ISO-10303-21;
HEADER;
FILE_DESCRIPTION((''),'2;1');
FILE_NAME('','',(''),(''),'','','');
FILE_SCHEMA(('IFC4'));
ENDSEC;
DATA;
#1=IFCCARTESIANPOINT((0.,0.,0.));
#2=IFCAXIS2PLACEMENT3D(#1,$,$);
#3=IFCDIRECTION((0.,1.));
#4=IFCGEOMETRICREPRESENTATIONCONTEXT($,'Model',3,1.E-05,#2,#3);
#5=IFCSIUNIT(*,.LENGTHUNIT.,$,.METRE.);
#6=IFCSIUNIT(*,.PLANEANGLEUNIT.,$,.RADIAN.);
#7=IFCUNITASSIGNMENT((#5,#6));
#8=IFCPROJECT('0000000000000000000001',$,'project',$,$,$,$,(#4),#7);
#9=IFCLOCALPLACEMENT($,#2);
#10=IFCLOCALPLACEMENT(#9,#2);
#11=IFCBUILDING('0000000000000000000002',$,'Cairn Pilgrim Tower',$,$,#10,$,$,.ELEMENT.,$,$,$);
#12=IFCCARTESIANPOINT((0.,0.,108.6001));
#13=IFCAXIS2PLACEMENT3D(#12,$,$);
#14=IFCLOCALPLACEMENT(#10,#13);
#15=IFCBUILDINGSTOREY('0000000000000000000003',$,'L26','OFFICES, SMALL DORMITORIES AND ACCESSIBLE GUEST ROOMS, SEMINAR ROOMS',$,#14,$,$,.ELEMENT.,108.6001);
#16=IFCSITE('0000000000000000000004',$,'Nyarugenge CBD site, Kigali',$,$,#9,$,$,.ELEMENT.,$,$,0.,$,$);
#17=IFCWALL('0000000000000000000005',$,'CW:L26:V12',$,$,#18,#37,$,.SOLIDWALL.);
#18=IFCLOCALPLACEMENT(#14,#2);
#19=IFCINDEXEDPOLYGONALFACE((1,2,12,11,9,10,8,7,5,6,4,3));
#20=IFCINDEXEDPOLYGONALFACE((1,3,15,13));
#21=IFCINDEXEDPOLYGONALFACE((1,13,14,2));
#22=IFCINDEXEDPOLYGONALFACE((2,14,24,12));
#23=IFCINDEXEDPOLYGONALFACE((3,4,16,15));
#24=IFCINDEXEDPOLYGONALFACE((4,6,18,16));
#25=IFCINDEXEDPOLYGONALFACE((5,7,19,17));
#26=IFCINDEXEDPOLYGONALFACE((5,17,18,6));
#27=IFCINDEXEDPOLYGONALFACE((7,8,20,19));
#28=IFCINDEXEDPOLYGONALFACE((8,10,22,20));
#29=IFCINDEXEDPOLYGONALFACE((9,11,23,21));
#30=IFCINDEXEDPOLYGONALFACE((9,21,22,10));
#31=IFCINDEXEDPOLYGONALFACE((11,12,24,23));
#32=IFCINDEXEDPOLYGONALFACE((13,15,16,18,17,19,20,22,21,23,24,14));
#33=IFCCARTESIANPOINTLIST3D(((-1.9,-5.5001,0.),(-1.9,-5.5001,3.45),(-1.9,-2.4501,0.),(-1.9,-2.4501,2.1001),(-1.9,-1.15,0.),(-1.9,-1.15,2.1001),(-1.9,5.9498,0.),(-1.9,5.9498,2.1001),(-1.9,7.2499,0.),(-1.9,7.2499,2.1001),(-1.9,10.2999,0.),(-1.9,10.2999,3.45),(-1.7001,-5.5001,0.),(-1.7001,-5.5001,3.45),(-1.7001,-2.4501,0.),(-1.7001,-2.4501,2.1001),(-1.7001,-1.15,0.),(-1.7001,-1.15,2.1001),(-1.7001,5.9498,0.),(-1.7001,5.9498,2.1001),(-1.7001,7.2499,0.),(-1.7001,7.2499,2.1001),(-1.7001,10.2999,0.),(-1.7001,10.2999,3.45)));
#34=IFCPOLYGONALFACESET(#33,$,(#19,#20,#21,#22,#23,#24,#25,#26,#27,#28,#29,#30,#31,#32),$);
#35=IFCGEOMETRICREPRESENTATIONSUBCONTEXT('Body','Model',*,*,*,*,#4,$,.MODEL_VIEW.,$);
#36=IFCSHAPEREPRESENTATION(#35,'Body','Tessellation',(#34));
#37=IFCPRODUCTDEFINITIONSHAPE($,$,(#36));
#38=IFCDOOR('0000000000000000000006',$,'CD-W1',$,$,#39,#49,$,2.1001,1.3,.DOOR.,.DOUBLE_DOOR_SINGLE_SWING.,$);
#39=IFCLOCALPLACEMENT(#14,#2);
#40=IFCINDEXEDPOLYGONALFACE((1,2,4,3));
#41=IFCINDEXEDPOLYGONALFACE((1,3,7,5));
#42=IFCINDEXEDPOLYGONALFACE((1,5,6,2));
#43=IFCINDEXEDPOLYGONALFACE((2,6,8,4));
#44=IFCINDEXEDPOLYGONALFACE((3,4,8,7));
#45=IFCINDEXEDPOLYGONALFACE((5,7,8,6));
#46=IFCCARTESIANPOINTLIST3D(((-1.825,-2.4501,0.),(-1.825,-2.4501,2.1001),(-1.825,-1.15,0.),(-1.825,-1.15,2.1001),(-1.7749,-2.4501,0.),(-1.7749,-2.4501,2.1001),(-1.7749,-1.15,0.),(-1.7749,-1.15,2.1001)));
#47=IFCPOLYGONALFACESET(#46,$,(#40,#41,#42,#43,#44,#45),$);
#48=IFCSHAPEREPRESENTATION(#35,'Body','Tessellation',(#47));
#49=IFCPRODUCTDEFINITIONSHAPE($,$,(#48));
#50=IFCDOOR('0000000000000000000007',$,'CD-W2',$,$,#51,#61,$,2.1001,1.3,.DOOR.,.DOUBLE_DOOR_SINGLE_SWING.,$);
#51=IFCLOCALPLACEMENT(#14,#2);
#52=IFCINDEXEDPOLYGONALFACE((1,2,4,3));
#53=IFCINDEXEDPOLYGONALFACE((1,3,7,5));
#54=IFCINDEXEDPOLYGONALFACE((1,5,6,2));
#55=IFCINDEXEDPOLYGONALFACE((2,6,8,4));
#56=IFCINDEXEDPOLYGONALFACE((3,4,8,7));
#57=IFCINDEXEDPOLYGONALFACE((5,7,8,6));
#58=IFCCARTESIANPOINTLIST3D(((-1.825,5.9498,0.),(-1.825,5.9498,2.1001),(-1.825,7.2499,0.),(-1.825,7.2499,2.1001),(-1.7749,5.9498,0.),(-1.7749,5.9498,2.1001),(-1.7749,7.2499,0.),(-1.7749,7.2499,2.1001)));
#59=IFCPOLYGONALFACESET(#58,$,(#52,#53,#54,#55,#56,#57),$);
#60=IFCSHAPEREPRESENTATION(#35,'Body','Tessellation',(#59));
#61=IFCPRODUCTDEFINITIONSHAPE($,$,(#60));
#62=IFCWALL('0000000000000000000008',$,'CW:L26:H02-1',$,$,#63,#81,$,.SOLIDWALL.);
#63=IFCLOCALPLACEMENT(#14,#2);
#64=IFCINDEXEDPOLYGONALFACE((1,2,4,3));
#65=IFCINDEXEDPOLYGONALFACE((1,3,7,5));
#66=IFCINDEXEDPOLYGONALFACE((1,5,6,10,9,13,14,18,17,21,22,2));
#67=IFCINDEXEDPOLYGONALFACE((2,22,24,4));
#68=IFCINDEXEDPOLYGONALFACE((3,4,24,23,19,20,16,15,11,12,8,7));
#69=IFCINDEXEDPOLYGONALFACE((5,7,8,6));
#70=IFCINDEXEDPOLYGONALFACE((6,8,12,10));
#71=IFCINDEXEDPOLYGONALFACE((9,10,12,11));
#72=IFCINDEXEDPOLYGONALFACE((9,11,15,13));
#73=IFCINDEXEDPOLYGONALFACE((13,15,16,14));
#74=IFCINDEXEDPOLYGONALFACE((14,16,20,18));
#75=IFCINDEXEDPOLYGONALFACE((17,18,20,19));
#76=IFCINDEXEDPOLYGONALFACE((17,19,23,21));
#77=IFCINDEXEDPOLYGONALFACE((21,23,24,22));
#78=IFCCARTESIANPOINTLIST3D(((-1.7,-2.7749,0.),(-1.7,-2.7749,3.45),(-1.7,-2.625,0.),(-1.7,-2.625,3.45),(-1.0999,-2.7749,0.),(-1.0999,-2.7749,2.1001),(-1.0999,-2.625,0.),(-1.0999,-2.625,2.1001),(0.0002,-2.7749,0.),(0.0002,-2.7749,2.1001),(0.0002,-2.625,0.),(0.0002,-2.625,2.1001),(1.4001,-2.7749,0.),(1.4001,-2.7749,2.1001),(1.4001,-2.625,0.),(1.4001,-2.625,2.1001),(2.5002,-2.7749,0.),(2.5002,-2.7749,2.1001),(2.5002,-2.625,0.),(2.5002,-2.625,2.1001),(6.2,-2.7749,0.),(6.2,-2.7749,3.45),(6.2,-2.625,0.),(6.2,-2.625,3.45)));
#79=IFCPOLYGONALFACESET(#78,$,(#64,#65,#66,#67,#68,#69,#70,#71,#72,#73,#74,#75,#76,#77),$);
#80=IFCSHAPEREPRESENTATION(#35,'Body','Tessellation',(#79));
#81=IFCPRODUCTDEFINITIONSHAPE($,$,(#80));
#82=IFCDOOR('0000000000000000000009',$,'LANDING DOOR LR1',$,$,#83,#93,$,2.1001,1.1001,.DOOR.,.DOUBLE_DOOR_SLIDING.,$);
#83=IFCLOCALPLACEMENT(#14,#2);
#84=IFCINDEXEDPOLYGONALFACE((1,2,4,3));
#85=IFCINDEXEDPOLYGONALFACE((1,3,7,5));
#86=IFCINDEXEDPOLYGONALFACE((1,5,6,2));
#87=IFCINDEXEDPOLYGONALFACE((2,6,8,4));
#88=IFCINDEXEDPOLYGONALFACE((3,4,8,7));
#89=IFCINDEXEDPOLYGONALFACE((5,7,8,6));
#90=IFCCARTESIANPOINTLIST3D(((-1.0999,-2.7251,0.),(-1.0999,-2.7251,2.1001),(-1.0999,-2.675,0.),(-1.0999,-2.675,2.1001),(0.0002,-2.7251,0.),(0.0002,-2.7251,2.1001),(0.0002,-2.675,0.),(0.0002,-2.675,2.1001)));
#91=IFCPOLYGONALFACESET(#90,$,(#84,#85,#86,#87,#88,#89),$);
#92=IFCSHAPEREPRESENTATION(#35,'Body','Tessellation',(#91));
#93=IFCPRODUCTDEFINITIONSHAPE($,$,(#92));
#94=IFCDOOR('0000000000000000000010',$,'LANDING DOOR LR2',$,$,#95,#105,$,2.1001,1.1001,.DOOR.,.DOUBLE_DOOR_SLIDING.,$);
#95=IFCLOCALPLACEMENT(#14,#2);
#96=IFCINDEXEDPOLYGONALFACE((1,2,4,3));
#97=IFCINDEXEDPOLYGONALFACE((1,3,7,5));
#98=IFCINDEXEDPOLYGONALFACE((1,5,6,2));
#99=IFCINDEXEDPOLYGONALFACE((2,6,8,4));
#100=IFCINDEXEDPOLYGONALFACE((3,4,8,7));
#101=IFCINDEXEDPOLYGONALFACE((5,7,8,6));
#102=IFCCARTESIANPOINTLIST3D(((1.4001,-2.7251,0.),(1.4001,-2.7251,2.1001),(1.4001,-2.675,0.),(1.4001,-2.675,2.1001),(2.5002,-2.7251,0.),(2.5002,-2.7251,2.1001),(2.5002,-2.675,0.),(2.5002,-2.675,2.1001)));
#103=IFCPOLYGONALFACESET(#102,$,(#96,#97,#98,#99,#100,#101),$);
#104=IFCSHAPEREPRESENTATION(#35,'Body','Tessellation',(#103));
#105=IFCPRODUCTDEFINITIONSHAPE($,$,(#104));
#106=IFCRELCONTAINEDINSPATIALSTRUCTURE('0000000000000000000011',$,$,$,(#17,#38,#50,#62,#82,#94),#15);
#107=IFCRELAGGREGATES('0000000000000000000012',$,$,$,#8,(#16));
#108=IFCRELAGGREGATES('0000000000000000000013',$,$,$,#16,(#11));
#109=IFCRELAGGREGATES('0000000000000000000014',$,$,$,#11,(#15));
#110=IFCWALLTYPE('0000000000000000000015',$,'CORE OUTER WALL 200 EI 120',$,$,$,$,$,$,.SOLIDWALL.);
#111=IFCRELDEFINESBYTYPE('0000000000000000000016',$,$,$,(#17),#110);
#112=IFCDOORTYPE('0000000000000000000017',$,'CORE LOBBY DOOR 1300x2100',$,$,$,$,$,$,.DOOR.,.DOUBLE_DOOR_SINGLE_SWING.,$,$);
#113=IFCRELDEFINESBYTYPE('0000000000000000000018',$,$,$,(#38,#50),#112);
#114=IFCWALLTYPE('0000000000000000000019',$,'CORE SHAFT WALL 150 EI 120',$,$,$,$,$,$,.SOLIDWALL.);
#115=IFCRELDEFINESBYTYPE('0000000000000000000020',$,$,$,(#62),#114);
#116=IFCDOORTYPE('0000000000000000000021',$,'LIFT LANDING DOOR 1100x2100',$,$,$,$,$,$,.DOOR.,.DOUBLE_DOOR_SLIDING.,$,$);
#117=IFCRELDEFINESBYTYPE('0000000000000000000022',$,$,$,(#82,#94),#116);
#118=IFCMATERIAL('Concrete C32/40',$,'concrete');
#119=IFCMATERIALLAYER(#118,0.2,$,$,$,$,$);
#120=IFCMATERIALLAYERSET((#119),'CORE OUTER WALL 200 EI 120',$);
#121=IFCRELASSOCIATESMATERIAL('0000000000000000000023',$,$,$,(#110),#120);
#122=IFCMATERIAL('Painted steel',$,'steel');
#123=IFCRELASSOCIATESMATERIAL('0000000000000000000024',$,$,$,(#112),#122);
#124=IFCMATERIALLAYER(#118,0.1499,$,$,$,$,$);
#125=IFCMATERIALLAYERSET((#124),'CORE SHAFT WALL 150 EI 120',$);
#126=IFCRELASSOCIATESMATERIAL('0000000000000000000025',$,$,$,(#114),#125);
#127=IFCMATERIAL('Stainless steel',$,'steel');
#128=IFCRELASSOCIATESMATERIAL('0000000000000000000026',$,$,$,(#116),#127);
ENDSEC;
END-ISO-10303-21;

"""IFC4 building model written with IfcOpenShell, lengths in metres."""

from ifc_helpers import new_model, si_unit, direction, frame, frame_2d, origin, place, context, subcontext, project, spatial, rectangle, extrude, material, layer, layer_set, type_object, element, fill, save


model = new_model("IFC4")

# Units and contexts
model_context = context("Model", 3, precision=1e-05, world=origin(), true_north=direction((0.0, 1.0)))
body_context = subcontext(model_context, "Body", "Model", "MODEL_VIEW")
ifc_project = project(units=[si_unit("LENGTHUNIT", "METRE"), si_unit("PLANEANGLEUNIT", "RADIAN")], contexts=[model_context])

# Site, building, storey
site_placement = place(None, origin())
site = spatial("IfcSite", under=ifc_project, at=site_placement, Name="Nyarugenge CBD site, Kigali", CompositionType="ELEMENT", RefElevation=0.0)
building_placement = place(site_placement, origin())
building = spatial("IfcBuilding", under=site, at=building_placement, Name="Cairn Pilgrim Tower", CompositionType="ELEMENT")
storey_placement = place(building_placement, frame((0.0, 0.0, 108.6001)))
storey = spatial("IfcBuildingStorey", under=building, at=storey_placement, Name="L26", Description="OFFICES, SMALL DORMITORIES AND ACCESSIBLE GUEST ROOMS, SEMINAR ROOMS", CompositionType="ELEMENT", Elevation=108.6001)

# Shared definitions
ifc_material_1 = material(Name="Concrete C32/40", Category="concrete")

# Shared definitions
ifc_layer_1 = layer(ifc_material_1, 0.2)
ifc_layer_set_1 = layer_set([ifc_layer_1], Name="CORE OUTER WALL 200 EI 120")
wall_type_1 = type_object("IfcWallType", Name="CORE OUTER WALL 200 EI 120", PredefinedType="SOLIDWALL", material=ifc_layer_set_1)

# Walls, openings, doors
wall_1_placement = place(storey_placement, frame((-1.8, -5.5, 0.0), z_axis=(0.0, 0.0, 1.0), x_axis=(0.0, 1.0, 0.0)))
wall_1 = element("IfcWall", 1, at=wall_1_placement, inside=storey, type_object=wall_type_1, Name="CW:L26:V12", PredefinedType="SOLIDWALL", context=body_context, shape_type="SweptSolid", body=[
    extrude(rectangle(XDim=15.8, YDim=0.2, at=frame_2d((7.8999, 0.0))), origin(), (0.0, 0.0, 1.0), 3.45),
])
opening_1_placement = place(wall_1_placement, frame((3.05, 0.0, 0.0)))
opening_1 = element("IfcOpeningElement", 2, at=opening_1_placement, cuts=wall_1, PredefinedType="OPENING", context=body_context, shape_type="SweptSolid", body=[
    extrude(rectangle(XDim=1.3, YDim=2.1001, at=frame_2d((0.6499, 1.05))), frame((0.0, 0.1099, 0.0), z_axis=(0.0, -1.0, 0.0), x_axis=(1.0, 0.0, 0.0)), (0.0, 0.0, 1.0), 0.22),
])
opening_2_placement = place(wall_1_placement, frame((11.45, 0.0, 0.0)))
opening_2 = element("IfcOpeningElement", 3, at=opening_2_placement, cuts=wall_1, PredefinedType="OPENING", context=body_context, shape_type="SweptSolid", body=[
    extrude(rectangle(XDim=1.3, YDim=2.1001, at=frame_2d((0.6499, 1.05))), frame((0.0, 0.1099, 0.0), z_axis=(0.0, -1.0, 0.0), x_axis=(1.0, 0.0, 0.0)), (0.0, 0.0, 1.0), 0.22),
])
ifc_material_2 = material(Name="Painted steel", Category="steel")
door_type_1 = type_object("IfcDoorType", Name="CORE LOBBY DOOR 1300x2100", OperationType="DOUBLE_DOOR_SINGLE_SWING", PredefinedType="DOOR", material=ifc_material_2)
door_1_placement = place(opening_1_placement, origin())
door_1 = element("IfcDoor", 4, at=door_1_placement, inside=storey, type_object=door_type_1, Name="CD-W1", OperationType="DOUBLE_DOOR_SINGLE_SWING", OverallHeight=2.1001, OverallWidth=1.3, PredefinedType="DOOR", context=body_context, shape_type="SweptSolid", body=[
    extrude(rectangle(XDim=1.3, YDim=2.1001, at=frame_2d((0.6499, 1.05))), frame((0.0, 0.0249, 0.0), z_axis=(0.0, -1.0, 0.0), x_axis=(1.0, 0.0, 0.0)), (0.0, 0.0, 1.0), 0.05),
])
fill(opening_1, door_1)
door_2_placement = place(opening_2_placement, origin())
door_2 = element("IfcDoor", 5, at=door_2_placement, inside=storey, type_object=door_type_1, Name="CD-W2", OperationType="DOUBLE_DOOR_SINGLE_SWING", OverallHeight=2.1001, OverallWidth=1.3, PredefinedType="DOOR", context=body_context, shape_type="SweptSolid", body=[
    extrude(rectangle(XDim=1.3, YDim=2.1001, at=frame_2d((0.6499, 1.05))), frame((0.0, 0.0249, 0.0), z_axis=(0.0, -1.0, 0.0), x_axis=(1.0, 0.0, 0.0)), (0.0, 0.0, 1.0), 0.05),
])
fill(opening_2, door_2)
ifc_layer_2 = layer(ifc_material_1, 0.1499)
ifc_layer_set_2 = layer_set([ifc_layer_2], Name="CORE SHAFT WALL 150 EI 120")
wall_type_2 = type_object("IfcWallType", Name="CORE SHAFT WALL 150 EI 120", PredefinedType="SOLIDWALL", material=ifc_layer_set_2)
wall_2_placement = place(storey_placement, frame((-1.7, -2.7, 0.0), z_axis=(0.0, 0.0, 1.0), x_axis=(1.0, 0.0, 0.0)))
wall_2 = element("IfcWall", 6, at=wall_2_placement, inside=storey, type_object=wall_type_2, Name="CW:L26:H02-1", PredefinedType="SOLIDWALL", context=body_context, shape_type="SweptSolid", body=[
    extrude(rectangle(XDim=7.8999, YDim=0.1499, at=frame_2d((3.95, 0.0))), origin(), (0.0, 0.0, 1.0), 3.45),
])
opening_3_placement = place(wall_2_placement, frame((0.6001, 0.0, 0.0)))
opening_3 = element("IfcOpeningElement", 7, at=opening_3_placement, cuts=wall_2, PredefinedType="OPENING", context=body_context, shape_type="SweptSolid", body=[
    extrude(rectangle(XDim=1.1001, YDim=2.1001, at=frame_2d((0.55, 1.05))), frame((0.0, 0.085, 0.0), z_axis=(0.0, -1.0, 0.0), x_axis=(1.0, 0.0, 0.0)), (0.0, 0.0, 1.0), 0.1699),
])
opening_4_placement = place(wall_2_placement, frame((3.1001, 0.0, 0.0)))
opening_4 = element("IfcOpeningElement", 8, at=opening_4_placement, cuts=wall_2, PredefinedType="OPENING", context=body_context, shape_type="SweptSolid", body=[
    extrude(rectangle(XDim=1.1001, YDim=2.1001, at=frame_2d((0.55, 1.05))), frame((0.0, 0.085, 0.0), z_axis=(0.0, -1.0, 0.0), x_axis=(1.0, 0.0, 0.0)), (0.0, 0.0, 1.0), 0.1699),
])
ifc_material_3 = material(Name="Stainless steel", Category="steel")
door_type_2 = type_object("IfcDoorType", Name="LIFT LANDING DOOR 1100x2100", OperationType="DOUBLE_DOOR_SLIDING", PredefinedType="DOOR", material=ifc_material_3)
door_3_placement = place(opening_3_placement, origin())
door_3 = element("IfcDoor", 9, at=door_3_placement, inside=storey, type_object=door_type_2, Name="LANDING DOOR LR1", OperationType="DOUBLE_DOOR_SLIDING", OverallHeight=2.1001, OverallWidth=1.1001, PredefinedType="DOOR", context=body_context, shape_type="SweptSolid", body=[
    extrude(rectangle(XDim=1.1001, YDim=2.1001, at=frame_2d((0.55, 1.05))), frame((0.0, 0.0249, 0.0), z_axis=(0.0, -1.0, 0.0), x_axis=(1.0, 0.0, 0.0)), (0.0, 0.0, 1.0), 0.05),
])
fill(opening_3, door_3)
door_4_placement = place(opening_4_placement, origin())
door_4 = element("IfcDoor", 10, at=door_4_placement, inside=storey, type_object=door_type_2, Name="LANDING DOOR LR2", OperationType="DOUBLE_DOOR_SLIDING", OverallHeight=2.1001, OverallWidth=1.1001, PredefinedType="DOOR", context=body_context, shape_type="SweptSolid", body=[
    extrude(rectangle(XDim=1.1001, YDim=2.1001, at=frame_2d((0.55, 1.05))), frame((0.0, 0.0249, 0.0), z_axis=(0.0, -1.0, 0.0), x_axis=(1.0, 0.0, 0.0)), (0.0, 0.0, 1.0), 0.05),
])
fill(opening_4, door_4)

save(model, "model.ifc")
